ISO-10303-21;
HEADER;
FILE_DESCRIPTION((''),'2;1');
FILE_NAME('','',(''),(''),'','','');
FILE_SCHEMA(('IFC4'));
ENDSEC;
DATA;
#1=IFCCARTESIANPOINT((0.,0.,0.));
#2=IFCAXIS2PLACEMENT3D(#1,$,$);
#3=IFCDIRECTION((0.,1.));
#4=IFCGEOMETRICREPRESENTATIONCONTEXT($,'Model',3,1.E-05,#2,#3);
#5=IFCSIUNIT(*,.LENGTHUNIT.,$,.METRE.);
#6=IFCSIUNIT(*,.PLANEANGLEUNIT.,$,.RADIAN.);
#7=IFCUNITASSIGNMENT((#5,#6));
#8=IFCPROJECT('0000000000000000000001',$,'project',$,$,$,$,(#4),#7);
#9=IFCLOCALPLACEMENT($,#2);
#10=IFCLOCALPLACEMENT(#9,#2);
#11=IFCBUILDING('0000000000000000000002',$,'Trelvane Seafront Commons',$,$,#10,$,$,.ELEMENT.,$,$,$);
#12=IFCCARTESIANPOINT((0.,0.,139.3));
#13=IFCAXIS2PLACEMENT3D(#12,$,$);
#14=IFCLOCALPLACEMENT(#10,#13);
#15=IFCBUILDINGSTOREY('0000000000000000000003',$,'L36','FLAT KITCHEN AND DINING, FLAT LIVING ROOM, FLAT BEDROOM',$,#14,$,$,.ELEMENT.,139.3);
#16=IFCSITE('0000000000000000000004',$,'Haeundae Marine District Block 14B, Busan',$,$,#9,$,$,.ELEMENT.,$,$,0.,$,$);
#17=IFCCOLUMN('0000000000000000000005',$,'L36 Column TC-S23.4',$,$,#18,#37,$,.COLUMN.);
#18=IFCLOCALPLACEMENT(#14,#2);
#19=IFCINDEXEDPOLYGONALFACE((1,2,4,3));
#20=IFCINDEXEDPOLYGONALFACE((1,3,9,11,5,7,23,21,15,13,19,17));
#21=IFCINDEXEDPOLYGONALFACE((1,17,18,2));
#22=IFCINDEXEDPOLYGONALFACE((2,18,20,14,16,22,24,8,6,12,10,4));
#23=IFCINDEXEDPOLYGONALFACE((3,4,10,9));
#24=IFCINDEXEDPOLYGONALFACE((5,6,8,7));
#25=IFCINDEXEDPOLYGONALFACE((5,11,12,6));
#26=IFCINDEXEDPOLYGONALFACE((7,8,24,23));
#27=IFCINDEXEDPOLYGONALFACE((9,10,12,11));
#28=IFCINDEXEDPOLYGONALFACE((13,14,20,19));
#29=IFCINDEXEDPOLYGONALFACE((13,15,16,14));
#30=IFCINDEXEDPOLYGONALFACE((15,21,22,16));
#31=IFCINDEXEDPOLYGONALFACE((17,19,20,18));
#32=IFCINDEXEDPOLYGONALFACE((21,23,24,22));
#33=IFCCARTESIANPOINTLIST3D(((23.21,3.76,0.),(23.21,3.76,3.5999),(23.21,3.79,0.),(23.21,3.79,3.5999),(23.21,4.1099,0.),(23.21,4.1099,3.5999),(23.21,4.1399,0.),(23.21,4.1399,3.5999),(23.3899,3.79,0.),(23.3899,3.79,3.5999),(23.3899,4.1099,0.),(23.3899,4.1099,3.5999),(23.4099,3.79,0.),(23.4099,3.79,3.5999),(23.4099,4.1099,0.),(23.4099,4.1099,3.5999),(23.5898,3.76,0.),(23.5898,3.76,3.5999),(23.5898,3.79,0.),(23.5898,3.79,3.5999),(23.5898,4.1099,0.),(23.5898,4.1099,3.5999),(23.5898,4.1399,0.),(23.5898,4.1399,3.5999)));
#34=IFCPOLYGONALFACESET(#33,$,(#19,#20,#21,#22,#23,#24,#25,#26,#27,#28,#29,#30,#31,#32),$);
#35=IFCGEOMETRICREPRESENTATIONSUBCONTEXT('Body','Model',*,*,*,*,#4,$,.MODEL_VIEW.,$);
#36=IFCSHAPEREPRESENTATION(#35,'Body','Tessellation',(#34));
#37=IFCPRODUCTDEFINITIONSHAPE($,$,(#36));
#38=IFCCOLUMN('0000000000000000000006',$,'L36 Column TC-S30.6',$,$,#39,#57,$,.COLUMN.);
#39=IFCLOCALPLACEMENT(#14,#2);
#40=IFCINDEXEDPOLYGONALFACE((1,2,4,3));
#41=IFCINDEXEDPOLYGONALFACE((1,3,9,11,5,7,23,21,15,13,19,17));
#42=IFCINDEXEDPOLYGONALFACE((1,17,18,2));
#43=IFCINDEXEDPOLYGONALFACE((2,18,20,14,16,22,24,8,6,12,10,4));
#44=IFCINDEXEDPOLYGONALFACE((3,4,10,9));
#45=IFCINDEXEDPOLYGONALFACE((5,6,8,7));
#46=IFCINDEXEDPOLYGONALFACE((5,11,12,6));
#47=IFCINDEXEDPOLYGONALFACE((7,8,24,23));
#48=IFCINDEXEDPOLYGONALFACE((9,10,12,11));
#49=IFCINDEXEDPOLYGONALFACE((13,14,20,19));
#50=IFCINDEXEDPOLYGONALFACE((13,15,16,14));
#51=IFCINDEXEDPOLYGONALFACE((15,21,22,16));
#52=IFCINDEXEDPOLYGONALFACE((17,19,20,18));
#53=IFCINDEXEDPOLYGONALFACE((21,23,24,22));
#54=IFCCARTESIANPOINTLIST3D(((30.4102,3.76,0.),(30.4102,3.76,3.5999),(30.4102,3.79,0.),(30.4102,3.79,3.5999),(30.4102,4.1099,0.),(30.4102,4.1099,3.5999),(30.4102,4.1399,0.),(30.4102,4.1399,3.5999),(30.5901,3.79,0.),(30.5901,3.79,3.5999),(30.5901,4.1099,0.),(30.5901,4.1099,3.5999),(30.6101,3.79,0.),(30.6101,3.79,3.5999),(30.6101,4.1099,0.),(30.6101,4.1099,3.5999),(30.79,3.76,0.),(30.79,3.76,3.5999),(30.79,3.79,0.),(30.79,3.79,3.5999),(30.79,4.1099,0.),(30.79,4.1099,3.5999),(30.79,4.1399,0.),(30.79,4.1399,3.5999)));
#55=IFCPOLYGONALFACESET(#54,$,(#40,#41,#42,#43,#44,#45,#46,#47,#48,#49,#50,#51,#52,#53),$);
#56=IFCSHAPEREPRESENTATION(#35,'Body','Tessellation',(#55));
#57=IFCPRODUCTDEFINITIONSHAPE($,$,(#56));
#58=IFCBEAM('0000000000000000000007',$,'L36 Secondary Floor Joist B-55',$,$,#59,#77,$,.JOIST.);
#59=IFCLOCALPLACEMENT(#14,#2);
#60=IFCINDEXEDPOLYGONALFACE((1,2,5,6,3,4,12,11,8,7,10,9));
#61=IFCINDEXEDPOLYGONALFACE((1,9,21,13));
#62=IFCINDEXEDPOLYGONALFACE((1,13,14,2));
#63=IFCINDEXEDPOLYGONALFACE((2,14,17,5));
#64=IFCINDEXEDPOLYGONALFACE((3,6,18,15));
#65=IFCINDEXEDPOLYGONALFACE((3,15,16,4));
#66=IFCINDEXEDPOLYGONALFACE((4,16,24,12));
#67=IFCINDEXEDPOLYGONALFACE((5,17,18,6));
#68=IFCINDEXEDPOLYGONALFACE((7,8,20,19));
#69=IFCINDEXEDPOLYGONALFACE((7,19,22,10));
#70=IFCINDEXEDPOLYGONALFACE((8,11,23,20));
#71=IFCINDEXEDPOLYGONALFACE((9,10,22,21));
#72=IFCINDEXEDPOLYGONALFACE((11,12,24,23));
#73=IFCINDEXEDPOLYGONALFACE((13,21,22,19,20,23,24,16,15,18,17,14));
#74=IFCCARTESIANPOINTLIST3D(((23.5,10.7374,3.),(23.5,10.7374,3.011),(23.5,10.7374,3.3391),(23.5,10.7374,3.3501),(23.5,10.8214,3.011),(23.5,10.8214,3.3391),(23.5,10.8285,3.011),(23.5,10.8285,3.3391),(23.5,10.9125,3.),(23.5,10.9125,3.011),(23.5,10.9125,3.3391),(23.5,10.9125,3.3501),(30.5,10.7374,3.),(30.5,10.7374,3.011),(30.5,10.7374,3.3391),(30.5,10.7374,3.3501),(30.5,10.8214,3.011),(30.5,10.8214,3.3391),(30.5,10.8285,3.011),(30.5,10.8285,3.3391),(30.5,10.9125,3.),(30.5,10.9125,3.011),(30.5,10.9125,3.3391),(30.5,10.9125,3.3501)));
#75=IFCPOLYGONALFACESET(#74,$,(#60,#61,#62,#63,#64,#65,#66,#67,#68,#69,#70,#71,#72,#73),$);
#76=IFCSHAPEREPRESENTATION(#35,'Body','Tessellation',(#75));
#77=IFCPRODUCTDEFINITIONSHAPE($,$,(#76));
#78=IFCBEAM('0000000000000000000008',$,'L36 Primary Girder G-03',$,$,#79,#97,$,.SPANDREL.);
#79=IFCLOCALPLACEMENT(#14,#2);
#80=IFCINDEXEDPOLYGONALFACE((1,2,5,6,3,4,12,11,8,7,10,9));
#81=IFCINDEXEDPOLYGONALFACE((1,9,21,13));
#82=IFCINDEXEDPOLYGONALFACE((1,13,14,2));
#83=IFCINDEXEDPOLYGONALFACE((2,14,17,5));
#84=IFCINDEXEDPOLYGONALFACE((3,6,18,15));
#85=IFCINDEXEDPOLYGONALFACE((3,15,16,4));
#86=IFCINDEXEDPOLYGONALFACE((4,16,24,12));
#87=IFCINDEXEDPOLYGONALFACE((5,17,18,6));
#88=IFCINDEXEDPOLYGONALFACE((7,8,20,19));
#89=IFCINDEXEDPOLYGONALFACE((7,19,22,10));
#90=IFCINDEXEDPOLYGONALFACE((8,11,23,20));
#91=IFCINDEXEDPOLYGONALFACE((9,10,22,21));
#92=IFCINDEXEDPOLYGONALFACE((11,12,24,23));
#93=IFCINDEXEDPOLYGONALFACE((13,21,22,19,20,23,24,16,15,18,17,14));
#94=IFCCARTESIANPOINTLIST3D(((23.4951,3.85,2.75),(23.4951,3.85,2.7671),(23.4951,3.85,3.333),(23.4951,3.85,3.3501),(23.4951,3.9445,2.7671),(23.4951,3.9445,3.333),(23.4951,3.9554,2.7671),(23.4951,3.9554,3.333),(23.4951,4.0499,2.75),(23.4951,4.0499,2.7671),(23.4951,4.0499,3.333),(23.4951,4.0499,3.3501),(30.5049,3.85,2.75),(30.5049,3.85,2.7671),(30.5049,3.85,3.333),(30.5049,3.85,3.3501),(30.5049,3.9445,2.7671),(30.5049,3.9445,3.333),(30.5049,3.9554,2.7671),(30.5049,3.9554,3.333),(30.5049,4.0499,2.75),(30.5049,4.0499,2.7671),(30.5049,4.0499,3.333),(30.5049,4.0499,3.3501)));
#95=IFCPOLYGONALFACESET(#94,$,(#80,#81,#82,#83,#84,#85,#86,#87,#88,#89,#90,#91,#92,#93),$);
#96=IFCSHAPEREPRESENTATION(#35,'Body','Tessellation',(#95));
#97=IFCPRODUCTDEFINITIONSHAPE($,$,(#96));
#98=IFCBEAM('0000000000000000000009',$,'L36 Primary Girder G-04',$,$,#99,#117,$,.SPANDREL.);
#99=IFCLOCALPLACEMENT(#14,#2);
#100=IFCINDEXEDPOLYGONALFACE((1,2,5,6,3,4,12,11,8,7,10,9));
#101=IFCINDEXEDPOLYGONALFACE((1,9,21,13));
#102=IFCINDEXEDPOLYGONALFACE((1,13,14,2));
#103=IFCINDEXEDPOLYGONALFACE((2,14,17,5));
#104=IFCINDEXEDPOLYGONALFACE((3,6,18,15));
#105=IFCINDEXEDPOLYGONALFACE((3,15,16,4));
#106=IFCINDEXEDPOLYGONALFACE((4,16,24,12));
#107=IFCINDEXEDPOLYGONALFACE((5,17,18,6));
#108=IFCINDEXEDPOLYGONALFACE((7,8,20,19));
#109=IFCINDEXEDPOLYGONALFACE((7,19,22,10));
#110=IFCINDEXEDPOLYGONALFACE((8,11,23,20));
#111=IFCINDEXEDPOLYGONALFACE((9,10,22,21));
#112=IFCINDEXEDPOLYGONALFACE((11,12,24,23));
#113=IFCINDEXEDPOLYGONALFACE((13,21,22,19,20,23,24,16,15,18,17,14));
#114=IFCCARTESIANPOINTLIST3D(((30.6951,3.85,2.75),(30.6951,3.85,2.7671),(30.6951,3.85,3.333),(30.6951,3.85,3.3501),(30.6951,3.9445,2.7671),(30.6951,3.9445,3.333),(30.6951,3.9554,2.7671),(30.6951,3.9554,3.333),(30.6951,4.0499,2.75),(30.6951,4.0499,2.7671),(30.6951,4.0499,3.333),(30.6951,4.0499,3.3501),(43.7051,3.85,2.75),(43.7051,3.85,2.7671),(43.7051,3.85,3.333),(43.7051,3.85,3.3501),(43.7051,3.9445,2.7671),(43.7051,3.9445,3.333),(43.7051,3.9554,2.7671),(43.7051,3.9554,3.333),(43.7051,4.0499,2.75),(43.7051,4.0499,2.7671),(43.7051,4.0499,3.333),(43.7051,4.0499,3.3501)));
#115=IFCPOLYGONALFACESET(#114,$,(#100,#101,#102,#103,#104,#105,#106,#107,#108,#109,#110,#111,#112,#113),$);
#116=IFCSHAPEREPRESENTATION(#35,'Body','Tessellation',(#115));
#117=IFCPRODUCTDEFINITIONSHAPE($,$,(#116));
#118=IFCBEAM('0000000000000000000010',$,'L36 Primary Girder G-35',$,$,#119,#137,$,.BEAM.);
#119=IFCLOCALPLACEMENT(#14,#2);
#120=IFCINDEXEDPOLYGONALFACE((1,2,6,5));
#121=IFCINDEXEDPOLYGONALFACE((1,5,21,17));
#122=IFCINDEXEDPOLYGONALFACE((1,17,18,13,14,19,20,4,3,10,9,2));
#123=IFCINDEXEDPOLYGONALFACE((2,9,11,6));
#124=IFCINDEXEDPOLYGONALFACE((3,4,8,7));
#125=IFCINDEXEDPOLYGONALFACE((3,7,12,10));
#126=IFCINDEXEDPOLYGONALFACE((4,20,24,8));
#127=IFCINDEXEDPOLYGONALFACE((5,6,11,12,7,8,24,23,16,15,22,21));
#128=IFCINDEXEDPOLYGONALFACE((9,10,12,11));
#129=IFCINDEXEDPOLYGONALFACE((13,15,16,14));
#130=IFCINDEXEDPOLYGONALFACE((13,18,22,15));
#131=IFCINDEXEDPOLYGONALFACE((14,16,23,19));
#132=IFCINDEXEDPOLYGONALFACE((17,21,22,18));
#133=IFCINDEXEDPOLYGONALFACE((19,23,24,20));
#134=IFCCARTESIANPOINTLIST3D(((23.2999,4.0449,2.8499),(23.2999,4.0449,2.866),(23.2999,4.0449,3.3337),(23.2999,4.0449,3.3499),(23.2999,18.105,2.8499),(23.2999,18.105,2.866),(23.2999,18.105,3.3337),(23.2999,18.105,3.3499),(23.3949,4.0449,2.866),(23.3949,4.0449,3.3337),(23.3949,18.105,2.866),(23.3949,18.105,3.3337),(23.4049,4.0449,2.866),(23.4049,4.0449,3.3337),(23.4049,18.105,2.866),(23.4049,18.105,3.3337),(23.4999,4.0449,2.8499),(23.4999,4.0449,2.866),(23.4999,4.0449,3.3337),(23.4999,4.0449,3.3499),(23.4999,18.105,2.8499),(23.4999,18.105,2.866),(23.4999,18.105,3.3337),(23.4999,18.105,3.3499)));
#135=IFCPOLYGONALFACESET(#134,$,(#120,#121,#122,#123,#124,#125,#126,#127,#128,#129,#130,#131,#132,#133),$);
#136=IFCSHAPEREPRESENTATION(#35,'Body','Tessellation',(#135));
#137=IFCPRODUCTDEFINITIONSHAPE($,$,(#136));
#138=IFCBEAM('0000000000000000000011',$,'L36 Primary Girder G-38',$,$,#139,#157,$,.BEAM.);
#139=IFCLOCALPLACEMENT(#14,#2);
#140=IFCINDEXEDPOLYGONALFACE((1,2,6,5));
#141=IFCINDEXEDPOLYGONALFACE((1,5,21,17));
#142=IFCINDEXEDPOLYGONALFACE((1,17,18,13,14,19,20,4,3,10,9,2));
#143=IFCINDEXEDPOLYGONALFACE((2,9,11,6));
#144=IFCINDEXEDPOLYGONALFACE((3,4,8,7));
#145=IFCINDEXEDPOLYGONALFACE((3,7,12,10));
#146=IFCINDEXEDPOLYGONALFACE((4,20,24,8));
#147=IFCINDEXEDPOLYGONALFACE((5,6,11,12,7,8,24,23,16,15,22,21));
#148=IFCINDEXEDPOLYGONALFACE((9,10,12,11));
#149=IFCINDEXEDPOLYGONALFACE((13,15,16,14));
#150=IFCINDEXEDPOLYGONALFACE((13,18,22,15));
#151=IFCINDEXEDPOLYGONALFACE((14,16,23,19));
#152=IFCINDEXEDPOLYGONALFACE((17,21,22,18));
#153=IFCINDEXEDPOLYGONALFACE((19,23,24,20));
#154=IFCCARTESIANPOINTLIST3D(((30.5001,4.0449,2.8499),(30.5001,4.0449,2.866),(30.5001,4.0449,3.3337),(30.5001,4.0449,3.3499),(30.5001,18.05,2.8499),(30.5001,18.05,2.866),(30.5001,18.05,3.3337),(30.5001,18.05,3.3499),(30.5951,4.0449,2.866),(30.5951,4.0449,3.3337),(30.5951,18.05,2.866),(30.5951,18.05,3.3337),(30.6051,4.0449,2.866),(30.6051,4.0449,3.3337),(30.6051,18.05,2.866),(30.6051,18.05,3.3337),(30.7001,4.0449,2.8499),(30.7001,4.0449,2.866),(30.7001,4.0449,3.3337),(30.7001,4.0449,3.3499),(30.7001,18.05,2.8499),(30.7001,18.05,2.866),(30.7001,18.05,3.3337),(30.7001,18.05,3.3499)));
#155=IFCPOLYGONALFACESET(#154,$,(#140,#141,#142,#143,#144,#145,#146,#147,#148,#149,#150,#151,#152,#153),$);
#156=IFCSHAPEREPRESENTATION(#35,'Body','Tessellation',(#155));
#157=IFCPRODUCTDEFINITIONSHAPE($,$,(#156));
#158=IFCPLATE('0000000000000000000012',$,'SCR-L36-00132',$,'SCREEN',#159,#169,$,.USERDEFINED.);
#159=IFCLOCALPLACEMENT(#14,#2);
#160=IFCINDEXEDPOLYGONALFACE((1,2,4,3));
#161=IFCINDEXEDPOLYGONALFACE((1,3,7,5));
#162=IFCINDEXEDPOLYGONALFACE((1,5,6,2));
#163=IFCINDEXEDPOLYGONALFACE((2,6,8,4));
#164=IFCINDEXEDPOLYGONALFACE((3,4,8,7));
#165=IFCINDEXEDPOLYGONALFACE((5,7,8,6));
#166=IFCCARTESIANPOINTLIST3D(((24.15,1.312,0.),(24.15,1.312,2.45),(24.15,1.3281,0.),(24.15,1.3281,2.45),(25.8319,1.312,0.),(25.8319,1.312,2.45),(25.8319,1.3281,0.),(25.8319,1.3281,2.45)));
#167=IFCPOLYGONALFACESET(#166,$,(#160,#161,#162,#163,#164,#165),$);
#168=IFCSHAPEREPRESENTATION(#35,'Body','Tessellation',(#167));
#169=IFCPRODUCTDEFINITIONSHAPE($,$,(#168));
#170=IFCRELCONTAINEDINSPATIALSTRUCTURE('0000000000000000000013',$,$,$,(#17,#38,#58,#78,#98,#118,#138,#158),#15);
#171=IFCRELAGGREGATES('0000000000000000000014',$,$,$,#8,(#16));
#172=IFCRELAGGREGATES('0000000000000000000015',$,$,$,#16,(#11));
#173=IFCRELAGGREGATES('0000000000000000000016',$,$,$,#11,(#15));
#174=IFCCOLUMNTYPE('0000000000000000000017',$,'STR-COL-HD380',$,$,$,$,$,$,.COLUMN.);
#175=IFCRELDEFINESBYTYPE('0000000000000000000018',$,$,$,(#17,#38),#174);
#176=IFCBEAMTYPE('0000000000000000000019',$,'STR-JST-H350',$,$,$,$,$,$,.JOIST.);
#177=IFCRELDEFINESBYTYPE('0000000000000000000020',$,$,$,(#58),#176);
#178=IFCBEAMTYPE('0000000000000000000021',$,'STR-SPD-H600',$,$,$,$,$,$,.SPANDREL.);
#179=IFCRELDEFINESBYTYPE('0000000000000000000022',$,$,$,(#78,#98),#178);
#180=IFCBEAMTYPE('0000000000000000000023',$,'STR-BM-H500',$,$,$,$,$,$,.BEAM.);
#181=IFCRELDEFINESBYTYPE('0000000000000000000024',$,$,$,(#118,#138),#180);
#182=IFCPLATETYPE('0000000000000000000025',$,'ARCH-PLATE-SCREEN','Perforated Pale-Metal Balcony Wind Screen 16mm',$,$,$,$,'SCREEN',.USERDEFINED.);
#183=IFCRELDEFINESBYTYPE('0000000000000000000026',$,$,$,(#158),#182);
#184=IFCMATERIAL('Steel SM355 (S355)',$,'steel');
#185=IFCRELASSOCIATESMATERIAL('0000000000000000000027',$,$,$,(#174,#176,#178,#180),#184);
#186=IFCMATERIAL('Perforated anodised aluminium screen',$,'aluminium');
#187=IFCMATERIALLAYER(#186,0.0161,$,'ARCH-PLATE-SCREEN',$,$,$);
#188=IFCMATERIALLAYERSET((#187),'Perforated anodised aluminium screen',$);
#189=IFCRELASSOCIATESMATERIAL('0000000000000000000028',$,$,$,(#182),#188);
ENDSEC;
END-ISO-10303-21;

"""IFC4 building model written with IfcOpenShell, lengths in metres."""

from ifc_helpers import new_model, si_unit, direction, frame, origin, origin_2d, place, context, subcontext, project, spatial, rectangle, i_section, extrude, source, transform, mapped, material, layer, layer_set, material_profile, profile_set, type_object, element, save


model = new_model("IFC4")

# Units and contexts
model_context = context("Model", 3, precision=1e-05, world=origin(), true_north=direction((0.0, 1.0)))
body_context = subcontext(model_context, "Body", "Model", "MODEL_VIEW")
ifc_project = project(units=[si_unit("LENGTHUNIT", "METRE"), si_unit("PLANEANGLEUNIT", "RADIAN")], contexts=[model_context])

# Site, building, storey
site_placement = place(None, origin())
site = spatial("IfcSite", under=ifc_project, at=site_placement, Name="Haeundae Marine District Block 14B, Busan", CompositionType="ELEMENT", RefElevation=0.0)
building_placement = place(site_placement, origin())
building = spatial("IfcBuilding", under=site, at=building_placement, Name="Trelvane Seafront Commons", CompositionType="ELEMENT")
storey_placement = place(building_placement, frame((0.0, 0.0, 139.3)))
storey = spatial("IfcBuildingStorey", under=building, at=storey_placement, Name="L36", Description="FLAT KITCHEN AND DINING, FLAT LIVING ROOM, FLAT BEDROOM", CompositionType="ELEMENT", Elevation=139.3)

# Columns
ifc_material_1 = material(Name="Steel SM355 (S355)", Category="steel")
ifc_material_profile_1 = material_profile(ifc_material_1, i_section(OverallWidth=0.3799, OverallDepth=0.3799, WebThickness=0.02, FlangeThickness=0.03, at=origin_2d()), Name="HD-380x380x20x30")
ifc_profile_set_1 = profile_set([ifc_material_profile_1], Name="Steel SM355 (S355)")
column_type = type_object("IfcColumnType", Name="STR-COL-HD380", PredefinedType="COLUMN", material=ifc_profile_set_1)
shared_shape_1 = source(origin(), body_context, "Body", "SweptSolid", [
    extrude(i_section(OverallWidth=0.3799, OverallDepth=0.3799, WebThickness=0.02, FlangeThickness=0.03, at=origin_2d()), origin(), (0.0, 0.0, 1.0), 3.5999),
])
for number, where, z_axis, x_axis, name in (
    (1, (23.3999, 3.95, 0.0), (0.0, 0.0, 1.0), (1.0, 0.0, 0.0), "L36 Column TC-S23.4"),
    (2, (30.6001, 3.95, 0.0), (0.0, 0.0, 1.0), (1.0, 0.0, 0.0), "L36 Column TC-S30.6"),
):
    element("IfcColumn", number, at=place(storey_placement, frame(where, z_axis=z_axis, x_axis=x_axis)), inside=storey, type_object=column_type, Name=name, PredefinedType="COLUMN", context=body_context, shape_type="MappedRepresentation", body=[
        mapped(shared_shape_1, transform((0.0, 0.0, 0.0), x_axis=(1.0, 0.0, 0.0), y_axis=(0.0, 1.0, 0.0), z_axis=(0.0, 0.0, 1.0), scale=1.0)),
    ])

# Beams
ifc_material_profile_2 = material_profile(ifc_material_1, i_section(OverallWidth=0.175, OverallDepth=0.3501, WebThickness=0.0071, FlangeThickness=0.011, at=origin_2d()), Name="H-350x175x7x11")
ifc_profile_set_2 = profile_set([ifc_material_profile_2], Name="Steel SM355 (S355)")
beam_type_1 = type_object("IfcBeamType", Name="STR-JST-H350", PredefinedType="JOIST", material=ifc_profile_set_2)
shared_shape_2 = source(origin(), body_context, "Body", "SweptSolid", [
    extrude(i_section(OverallWidth=0.175, OverallDepth=0.3501, WebThickness=0.0071, FlangeThickness=0.011, at=origin_2d()), origin(), (0.0, 0.0, 1.0), 7.0),
])
beam_1_placement = place(storey_placement, frame((23.5, 10.825, 3.175), z_axis=(1.0, 0.0, 0.0), x_axis=(0.0, 1.0, 0.0)))
element("IfcBeam", 3, at=beam_1_placement, inside=storey, type_object=beam_type_1, Name="L36 Secondary Floor Joist B-55", PredefinedType="JOIST", context=body_context, shape_type="MappedRepresentation", body=[
    mapped(shared_shape_2, transform((0.0, 0.0, 0.0), x_axis=(1.0, 0.0, 0.0), y_axis=(0.0, 1.0, 0.0), z_axis=(0.0, 0.0, 1.0), scale=1.0)),
])
ifc_material_profile_3 = material_profile(ifc_material_1, i_section(OverallWidth=0.2, OverallDepth=0.6001, WebThickness=0.011, FlangeThickness=0.0171, at=origin_2d()), Name="H-600x200x11x17")
ifc_profile_set_3 = profile_set([ifc_material_profile_3], Name="Steel SM355 (S355)")
beam_type_2 = type_object("IfcBeamType", Name="STR-SPD-H600", PredefinedType="SPANDREL", material=ifc_profile_set_3)
shared_shape_3 = source(origin(), body_context, "Body", "SweptSolid", [
    extrude(i_section(OverallWidth=0.2, OverallDepth=0.6001, WebThickness=0.011, FlangeThickness=0.0171, at=origin_2d()), origin(), (0.0, 0.0, 1.0), 7.0098),
])
beam_2_placement = place(storey_placement, frame((23.4951, 3.95, 3.05), z_axis=(1.0, 0.0, 0.0), x_axis=(0.0, 1.0, 0.0)))
element("IfcBeam", 4, at=beam_2_placement, inside=storey, type_object=beam_type_2, Name="L36 Primary Girder G-03", PredefinedType="SPANDREL", context=body_context, shape_type="MappedRepresentation", body=[
    mapped(shared_shape_3, transform((0.0, 0.0, 0.0), x_axis=(1.0, 0.0, 0.0), y_axis=(0.0, 1.0, 0.0), z_axis=(0.0, 0.0, 1.0), scale=1.0)),
])
shared_shape_4 = source(origin(), body_context, "Body", "SweptSolid", [
    extrude(i_section(OverallWidth=0.2, OverallDepth=0.6001, WebThickness=0.011, FlangeThickness=0.0171, at=origin_2d()), origin(), (0.0, 0.0, 1.0), 13.01),
])
beam_3_placement = place(storey_placement, frame((30.6951, 3.95, 3.05), z_axis=(1.0, 0.0, 0.0), x_axis=(0.0, 1.0, 0.0)))
element("IfcBeam", 5, at=beam_3_placement, inside=storey, type_object=beam_type_2, Name="L36 Primary Girder G-04", PredefinedType="SPANDREL", context=body_context, shape_type="MappedRepresentation", body=[
    mapped(shared_shape_4, transform((0.0, 0.0, 0.0), x_axis=(1.0, 0.0, 0.0), y_axis=(0.0, 1.0, 0.0), z_axis=(0.0, 0.0, 1.0), scale=1.0)),
])
ifc_material_profile_4 = material_profile(ifc_material_1, i_section(OverallWidth=0.2, OverallDepth=0.5, WebThickness=0.01, FlangeThickness=0.0161, at=origin_2d()), Name="H-500x200x10x16")
ifc_profile_set_4 = profile_set([ifc_material_profile_4], Name="Steel SM355 (S355)")
beam_type_3 = type_object("IfcBeamType", Name="STR-BM-H500", PredefinedType="BEAM", material=ifc_profile_set_4)
shared_shape_5 = source(origin(), body_context, "Body", "SweptSolid", [
    extrude(i_section(OverallWidth=0.2, OverallDepth=0.5, WebThickness=0.01, FlangeThickness=0.0161, at=origin_2d()), origin(), (0.0, 0.0, 1.0), 14.0601),
])
beam_4_placement = place(storey_placement, frame((23.3999, 4.0449, 3.0999), z_axis=(0.0, 1.0, 0.0), x_axis=(-1.0, 0.0, 0.0)))
element("IfcBeam", 6, at=beam_4_placement, inside=storey, type_object=beam_type_3, Name="L36 Primary Girder G-35", PredefinedType="BEAM", context=body_context, shape_type="MappedRepresentation", body=[
    mapped(shared_shape_5, transform((0.0, 0.0, 0.0), x_axis=(1.0, 0.0, 0.0), y_axis=(0.0, 1.0, 0.0), z_axis=(0.0, 0.0, 1.0), scale=1.0)),
])
shared_shape_6 = source(origin(), body_context, "Body", "SweptSolid", [
    extrude(i_section(OverallWidth=0.2, OverallDepth=0.5, WebThickness=0.01, FlangeThickness=0.0161, at=origin_2d()), origin(), (0.0, 0.0, 1.0), 14.0051),
])
beam_5_placement = place(storey_placement, frame((30.6001, 4.0449, 3.0999), z_axis=(0.0, 1.0, 0.0), x_axis=(-1.0, 0.0, 0.0)))
element("IfcBeam", 7, at=beam_5_placement, inside=storey, type_object=beam_type_3, Name="L36 Primary Girder G-38", PredefinedType="BEAM", context=body_context, shape_type="MappedRepresentation", body=[
    mapped(shared_shape_6, transform((0.0, 0.0, 0.0), x_axis=(1.0, 0.0, 0.0), y_axis=(0.0, 1.0, 0.0), z_axis=(0.0, 0.0, 1.0), scale=1.0)),
])

# Plate
ifc_material_2 = material(Name="Perforated anodised aluminium screen", Category="aluminium")
ifc_layer_1 = layer(ifc_material_2, 0.0161, Name="ARCH-PLATE-SCREEN")
ifc_layer_set_1 = layer_set([ifc_layer_1], Name="Perforated anodised aluminium screen")
plate_type_1 = type_object("IfcPlateType", Name="ARCH-PLATE-SCREEN", Description="Perforated Pale-Metal Balcony Wind Screen 16mm", ElementType="SCREEN", PredefinedType="USERDEFINED", material=ifc_layer_set_1)
shared_shape_7 = source(origin(), body_context, "Body", "SweptSolid", [
    extrude(rectangle(XDim=1.6819, YDim=0.0161, at=origin_2d()), origin(), (0.0, 0.0, 1.0), 2.45),
])
plate_placement = place(storey_placement, frame((24.991, 1.3201, 0.0), z_axis=(0.0, 0.0, 1.0), x_axis=(1.0, 0.0, 0.0)))
element("IfcPlate", 8, at=plate_placement, inside=storey, type_object=plate_type_1, Name="SCR-L36-00132", ObjectType="SCREEN", PredefinedType="USERDEFINED", context=body_context, shape_type="MappedRepresentation", body=[
    mapped(shared_shape_7, transform((0.0, 0.0, 0.0), x_axis=(1.0, 0.0, 0.0), y_axis=(0.0, 1.0, 0.0), z_axis=(0.0, 0.0, 1.0), scale=1.0)),
])

save(model, "model.ifc")
